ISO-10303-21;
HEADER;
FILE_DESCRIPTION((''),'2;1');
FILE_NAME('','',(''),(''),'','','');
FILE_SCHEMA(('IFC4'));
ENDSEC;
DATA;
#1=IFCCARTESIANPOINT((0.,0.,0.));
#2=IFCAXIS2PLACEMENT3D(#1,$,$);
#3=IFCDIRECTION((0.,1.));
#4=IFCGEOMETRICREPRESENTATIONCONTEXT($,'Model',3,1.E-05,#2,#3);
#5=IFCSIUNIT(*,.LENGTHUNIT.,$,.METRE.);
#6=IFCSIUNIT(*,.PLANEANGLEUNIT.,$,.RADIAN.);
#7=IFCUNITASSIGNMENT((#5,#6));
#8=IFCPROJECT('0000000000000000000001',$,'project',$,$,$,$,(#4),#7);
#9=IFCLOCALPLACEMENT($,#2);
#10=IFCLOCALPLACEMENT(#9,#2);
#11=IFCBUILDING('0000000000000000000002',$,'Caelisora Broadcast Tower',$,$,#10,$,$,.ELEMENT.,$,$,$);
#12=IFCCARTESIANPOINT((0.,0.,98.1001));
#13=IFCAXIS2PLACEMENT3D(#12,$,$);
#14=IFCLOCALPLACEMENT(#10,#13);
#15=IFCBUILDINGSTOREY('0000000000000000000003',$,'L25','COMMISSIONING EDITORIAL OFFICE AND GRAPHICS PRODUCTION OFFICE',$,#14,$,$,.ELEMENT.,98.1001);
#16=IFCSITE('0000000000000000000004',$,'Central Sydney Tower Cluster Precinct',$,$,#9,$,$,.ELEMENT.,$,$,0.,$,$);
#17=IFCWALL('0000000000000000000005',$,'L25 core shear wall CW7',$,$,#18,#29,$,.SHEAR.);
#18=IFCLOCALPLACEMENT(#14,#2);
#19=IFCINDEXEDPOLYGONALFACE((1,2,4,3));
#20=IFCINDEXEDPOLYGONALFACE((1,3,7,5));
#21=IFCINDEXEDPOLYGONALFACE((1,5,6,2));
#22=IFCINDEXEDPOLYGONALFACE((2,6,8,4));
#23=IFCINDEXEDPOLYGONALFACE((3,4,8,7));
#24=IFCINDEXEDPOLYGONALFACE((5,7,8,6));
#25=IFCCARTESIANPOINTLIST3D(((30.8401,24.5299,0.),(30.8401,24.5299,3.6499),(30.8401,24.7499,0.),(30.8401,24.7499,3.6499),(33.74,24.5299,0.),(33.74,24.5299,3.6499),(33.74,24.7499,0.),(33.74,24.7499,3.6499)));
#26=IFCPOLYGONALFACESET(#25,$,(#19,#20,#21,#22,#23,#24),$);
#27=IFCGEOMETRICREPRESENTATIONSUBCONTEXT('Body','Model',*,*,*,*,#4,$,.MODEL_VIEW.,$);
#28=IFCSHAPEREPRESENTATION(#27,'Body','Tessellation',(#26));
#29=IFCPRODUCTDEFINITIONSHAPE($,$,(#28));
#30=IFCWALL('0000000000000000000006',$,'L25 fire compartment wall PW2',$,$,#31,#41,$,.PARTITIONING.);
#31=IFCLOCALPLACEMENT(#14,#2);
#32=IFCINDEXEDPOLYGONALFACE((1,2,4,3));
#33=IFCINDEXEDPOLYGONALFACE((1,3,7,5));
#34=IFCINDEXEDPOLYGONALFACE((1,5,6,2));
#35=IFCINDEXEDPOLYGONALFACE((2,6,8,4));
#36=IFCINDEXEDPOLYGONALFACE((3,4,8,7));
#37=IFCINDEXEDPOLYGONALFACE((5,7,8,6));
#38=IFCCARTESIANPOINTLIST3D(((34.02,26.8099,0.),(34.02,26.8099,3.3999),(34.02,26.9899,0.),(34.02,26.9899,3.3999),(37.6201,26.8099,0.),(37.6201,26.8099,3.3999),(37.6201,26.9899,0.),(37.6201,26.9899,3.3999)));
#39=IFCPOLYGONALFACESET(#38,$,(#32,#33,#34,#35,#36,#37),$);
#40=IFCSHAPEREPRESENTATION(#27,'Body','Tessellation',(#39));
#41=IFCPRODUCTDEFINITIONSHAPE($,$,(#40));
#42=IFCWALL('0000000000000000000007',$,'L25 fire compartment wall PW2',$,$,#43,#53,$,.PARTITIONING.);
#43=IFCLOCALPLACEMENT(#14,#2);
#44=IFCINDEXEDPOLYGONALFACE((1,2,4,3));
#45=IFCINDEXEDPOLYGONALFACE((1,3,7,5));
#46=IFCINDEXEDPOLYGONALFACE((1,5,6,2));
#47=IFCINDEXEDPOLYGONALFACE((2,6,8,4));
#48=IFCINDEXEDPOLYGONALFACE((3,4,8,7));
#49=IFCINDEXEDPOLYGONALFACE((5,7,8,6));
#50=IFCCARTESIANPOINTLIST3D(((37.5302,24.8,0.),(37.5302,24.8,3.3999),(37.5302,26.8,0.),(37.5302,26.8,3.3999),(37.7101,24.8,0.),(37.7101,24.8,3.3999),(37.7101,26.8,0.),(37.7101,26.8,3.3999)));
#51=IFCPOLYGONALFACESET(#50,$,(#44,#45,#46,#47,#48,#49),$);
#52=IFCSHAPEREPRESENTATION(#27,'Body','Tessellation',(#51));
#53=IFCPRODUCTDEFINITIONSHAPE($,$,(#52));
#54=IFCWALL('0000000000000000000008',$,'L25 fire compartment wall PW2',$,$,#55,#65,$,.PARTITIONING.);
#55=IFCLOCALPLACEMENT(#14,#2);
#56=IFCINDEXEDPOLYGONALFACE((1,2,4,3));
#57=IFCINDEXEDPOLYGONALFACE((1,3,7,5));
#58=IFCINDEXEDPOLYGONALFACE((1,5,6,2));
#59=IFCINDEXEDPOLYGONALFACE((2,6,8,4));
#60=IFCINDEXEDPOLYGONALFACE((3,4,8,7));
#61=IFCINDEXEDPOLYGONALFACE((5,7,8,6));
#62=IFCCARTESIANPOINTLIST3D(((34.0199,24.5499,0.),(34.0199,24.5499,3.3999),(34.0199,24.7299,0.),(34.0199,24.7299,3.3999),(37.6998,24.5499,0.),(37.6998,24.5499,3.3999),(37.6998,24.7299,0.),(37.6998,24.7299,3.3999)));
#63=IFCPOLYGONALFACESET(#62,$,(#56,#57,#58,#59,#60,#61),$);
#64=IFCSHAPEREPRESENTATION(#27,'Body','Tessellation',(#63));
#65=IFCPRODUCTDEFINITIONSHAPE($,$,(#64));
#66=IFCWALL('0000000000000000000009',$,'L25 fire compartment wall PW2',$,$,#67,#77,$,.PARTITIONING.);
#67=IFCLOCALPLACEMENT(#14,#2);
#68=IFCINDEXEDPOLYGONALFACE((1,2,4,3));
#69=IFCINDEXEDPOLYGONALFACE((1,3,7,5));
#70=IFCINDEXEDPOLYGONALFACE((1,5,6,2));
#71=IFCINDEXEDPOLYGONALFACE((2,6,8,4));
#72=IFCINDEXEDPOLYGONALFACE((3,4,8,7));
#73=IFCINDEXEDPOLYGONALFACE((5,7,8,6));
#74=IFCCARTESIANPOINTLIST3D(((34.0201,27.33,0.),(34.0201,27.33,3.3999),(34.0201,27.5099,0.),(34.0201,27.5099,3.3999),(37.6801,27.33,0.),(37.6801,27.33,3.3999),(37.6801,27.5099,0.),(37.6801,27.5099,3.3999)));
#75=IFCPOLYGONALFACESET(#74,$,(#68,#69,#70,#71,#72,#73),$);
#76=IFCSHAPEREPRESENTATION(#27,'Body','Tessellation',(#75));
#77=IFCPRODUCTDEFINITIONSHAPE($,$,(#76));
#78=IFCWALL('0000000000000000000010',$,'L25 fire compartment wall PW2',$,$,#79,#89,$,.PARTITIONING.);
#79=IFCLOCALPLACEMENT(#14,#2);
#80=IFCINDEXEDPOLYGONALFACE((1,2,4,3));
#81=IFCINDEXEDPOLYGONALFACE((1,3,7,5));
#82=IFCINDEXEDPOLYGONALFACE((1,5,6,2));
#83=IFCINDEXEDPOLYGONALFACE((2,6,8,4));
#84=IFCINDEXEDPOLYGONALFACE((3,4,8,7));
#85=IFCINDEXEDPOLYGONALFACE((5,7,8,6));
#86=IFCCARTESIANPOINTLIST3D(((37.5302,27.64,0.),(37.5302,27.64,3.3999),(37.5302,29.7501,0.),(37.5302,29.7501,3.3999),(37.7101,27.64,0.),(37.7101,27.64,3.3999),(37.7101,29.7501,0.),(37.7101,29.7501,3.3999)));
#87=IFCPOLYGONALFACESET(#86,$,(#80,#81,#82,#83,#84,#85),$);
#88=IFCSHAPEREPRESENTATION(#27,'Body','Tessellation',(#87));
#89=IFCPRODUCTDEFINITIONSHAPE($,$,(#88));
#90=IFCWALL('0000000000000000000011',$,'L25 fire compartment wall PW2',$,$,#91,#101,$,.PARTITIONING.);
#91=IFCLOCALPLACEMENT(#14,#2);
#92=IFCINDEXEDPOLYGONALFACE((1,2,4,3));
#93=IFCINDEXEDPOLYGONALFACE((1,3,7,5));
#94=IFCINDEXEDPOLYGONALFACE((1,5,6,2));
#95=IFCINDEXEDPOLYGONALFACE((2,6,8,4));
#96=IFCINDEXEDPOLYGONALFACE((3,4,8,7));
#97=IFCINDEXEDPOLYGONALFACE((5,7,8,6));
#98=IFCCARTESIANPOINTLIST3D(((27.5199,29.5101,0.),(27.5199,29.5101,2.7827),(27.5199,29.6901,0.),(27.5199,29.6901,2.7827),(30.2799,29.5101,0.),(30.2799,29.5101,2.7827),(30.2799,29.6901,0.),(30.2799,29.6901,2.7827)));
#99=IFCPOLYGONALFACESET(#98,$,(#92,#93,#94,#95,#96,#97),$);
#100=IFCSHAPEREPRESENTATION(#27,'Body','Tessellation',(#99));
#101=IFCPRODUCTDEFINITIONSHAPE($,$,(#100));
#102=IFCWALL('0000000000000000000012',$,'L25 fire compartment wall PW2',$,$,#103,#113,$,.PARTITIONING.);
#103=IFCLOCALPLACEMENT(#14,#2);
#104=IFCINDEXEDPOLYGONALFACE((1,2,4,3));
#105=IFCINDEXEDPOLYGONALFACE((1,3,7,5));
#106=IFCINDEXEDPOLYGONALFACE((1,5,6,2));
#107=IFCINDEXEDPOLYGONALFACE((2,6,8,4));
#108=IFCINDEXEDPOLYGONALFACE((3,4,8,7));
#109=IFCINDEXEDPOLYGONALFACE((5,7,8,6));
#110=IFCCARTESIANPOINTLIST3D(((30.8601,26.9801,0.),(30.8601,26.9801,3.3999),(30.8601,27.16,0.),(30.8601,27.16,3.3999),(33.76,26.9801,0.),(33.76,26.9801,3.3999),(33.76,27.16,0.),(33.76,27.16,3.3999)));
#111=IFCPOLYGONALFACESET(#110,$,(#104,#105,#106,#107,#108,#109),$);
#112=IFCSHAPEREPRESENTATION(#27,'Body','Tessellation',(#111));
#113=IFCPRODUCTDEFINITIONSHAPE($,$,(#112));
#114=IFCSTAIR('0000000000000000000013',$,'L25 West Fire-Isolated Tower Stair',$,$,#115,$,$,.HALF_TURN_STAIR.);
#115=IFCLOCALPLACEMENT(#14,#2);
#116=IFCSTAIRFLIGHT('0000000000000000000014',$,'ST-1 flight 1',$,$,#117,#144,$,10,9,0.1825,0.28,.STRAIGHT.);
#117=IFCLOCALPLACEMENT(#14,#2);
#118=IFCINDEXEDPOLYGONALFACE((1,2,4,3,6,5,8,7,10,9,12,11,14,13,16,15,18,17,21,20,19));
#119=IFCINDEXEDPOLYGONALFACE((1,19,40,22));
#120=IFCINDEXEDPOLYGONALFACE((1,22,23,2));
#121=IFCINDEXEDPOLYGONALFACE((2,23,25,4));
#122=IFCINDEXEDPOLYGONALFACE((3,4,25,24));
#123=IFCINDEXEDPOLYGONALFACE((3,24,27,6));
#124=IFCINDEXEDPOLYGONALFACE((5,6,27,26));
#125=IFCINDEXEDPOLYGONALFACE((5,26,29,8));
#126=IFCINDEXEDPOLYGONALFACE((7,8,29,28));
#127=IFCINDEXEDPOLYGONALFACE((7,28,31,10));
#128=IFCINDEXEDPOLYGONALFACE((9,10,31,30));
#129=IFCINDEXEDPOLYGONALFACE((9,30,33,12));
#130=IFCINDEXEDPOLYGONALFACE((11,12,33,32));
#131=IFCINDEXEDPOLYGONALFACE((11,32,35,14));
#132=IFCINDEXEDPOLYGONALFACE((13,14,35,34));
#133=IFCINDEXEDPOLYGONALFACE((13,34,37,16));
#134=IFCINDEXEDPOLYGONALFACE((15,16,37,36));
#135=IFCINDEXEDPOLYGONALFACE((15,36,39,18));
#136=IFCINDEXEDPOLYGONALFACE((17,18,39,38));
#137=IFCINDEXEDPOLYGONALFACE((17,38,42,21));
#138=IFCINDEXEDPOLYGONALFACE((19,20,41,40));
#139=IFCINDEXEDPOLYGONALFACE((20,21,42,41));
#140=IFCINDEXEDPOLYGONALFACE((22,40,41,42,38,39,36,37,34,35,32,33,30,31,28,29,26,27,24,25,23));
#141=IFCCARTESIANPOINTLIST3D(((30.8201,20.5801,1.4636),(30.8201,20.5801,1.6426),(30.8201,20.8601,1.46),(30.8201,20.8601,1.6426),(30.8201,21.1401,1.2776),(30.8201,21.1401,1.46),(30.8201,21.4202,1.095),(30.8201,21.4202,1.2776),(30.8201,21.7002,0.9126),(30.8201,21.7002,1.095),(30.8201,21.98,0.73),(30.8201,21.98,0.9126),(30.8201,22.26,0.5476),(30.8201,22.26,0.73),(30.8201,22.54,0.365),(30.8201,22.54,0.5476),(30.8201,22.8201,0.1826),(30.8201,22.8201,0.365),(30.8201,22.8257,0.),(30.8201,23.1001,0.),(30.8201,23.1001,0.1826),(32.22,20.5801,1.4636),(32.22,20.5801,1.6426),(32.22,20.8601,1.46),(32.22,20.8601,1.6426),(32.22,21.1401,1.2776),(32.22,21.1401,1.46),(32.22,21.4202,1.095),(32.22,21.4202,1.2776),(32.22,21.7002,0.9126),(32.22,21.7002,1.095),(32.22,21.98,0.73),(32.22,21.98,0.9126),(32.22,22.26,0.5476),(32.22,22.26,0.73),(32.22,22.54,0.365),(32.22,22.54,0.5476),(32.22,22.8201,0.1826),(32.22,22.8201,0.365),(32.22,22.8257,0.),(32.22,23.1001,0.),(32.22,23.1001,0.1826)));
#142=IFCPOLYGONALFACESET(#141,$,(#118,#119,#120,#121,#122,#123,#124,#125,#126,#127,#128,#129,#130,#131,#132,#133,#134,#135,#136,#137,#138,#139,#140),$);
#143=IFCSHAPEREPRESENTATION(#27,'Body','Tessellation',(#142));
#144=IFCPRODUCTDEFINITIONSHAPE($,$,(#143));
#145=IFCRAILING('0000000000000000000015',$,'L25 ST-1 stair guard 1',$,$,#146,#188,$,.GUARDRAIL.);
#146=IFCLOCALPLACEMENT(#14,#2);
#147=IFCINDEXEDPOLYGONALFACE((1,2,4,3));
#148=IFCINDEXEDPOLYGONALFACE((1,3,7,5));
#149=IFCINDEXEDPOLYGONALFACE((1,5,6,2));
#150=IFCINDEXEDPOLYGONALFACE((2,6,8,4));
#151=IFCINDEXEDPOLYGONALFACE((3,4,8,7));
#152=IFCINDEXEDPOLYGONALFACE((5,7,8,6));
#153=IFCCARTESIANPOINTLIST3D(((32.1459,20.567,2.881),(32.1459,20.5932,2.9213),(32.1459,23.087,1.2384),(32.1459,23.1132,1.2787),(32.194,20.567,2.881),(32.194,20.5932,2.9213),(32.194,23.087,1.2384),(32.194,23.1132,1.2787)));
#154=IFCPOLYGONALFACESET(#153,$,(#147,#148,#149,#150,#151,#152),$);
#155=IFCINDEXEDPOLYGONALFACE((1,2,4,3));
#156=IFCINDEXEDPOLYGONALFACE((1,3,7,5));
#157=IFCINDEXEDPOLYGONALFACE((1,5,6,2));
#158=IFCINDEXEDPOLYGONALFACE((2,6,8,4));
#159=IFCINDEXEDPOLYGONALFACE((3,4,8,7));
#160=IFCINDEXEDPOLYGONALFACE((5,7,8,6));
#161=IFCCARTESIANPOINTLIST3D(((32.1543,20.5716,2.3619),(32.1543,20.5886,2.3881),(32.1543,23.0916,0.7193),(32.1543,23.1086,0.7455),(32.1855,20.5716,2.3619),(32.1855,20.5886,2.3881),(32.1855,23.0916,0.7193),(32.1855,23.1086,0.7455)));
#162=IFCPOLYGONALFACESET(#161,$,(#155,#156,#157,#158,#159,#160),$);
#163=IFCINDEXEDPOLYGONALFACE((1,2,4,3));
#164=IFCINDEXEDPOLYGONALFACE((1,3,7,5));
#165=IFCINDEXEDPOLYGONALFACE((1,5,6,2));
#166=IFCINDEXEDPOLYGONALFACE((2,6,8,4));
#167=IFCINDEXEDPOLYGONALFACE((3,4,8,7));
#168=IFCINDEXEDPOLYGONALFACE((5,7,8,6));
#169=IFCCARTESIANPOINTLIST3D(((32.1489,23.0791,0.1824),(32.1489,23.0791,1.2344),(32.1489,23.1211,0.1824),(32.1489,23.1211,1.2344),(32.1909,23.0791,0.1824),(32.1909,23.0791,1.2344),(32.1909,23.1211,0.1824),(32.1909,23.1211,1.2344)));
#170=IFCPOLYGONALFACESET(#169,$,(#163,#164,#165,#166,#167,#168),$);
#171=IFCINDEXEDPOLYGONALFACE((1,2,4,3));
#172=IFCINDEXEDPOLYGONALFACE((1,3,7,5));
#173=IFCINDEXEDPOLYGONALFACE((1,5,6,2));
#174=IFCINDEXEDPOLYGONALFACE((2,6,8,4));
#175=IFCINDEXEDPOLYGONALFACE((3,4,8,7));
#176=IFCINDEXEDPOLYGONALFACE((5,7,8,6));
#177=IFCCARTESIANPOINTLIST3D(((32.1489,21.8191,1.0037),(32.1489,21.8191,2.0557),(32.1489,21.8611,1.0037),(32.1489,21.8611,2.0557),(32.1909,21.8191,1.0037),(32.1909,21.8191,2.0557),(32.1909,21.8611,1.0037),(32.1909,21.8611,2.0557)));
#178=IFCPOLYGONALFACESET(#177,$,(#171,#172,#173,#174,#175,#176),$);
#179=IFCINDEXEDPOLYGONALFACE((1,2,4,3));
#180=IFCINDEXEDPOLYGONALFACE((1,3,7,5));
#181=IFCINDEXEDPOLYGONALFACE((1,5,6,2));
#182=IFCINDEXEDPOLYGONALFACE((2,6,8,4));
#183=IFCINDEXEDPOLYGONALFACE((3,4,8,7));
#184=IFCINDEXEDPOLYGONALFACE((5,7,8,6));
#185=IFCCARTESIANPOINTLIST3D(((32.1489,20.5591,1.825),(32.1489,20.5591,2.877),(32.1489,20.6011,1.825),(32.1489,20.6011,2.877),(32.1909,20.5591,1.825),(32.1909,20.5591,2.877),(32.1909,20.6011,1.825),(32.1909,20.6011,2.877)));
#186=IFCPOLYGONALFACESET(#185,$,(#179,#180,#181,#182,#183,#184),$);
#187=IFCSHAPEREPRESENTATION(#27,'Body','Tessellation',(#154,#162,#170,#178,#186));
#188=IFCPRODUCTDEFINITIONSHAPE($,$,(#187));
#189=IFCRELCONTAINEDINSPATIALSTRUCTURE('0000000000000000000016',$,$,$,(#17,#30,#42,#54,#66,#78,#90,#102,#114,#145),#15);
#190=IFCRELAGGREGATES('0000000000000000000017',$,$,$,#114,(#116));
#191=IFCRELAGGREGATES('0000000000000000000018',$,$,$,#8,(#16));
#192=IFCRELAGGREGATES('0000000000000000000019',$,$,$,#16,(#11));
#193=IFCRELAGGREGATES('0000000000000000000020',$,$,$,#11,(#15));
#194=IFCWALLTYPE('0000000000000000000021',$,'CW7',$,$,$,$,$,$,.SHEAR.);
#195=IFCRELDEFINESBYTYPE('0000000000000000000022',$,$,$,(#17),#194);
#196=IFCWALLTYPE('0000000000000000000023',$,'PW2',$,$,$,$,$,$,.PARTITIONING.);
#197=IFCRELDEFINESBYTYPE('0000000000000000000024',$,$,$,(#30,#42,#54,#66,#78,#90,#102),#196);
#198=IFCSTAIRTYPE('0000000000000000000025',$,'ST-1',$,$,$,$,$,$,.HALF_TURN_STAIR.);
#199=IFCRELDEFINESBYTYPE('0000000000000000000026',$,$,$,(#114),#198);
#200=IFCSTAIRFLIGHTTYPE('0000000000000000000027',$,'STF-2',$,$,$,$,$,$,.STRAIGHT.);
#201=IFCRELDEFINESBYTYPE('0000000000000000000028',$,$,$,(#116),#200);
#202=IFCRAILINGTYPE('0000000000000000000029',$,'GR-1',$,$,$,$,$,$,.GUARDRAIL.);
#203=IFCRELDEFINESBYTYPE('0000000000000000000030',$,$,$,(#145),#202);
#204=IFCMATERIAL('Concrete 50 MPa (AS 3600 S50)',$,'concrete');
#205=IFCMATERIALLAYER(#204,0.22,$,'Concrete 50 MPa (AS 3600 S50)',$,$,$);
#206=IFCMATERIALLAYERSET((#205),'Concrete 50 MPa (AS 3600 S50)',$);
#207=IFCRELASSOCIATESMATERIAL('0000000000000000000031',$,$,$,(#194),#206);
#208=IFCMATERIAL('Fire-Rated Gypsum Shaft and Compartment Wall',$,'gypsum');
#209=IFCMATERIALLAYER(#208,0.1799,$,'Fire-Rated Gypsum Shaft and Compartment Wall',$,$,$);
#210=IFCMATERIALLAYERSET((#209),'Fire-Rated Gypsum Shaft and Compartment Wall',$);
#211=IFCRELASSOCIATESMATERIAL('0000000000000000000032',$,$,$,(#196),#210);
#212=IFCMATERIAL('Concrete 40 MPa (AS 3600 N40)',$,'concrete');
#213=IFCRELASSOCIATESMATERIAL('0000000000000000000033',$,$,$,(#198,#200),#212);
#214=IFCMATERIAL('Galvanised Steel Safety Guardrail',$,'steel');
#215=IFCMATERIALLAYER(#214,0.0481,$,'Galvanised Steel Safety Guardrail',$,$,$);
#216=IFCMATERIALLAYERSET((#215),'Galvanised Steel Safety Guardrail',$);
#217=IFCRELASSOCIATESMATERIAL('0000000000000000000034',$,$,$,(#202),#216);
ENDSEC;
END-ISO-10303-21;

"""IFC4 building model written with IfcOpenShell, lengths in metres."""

from ifc_helpers import new_model, si_unit, direction, frame, frame_2d, origin, origin_2d, place, context, subcontext, project, spatial, polyline, rectangle, outline, extrude, material, layer, layer_set, type_object, element, aggregate, save


model = new_model("IFC4")

# Units and contexts
model_context = context("Model", 3, precision=1e-05, world=origin(), true_north=direction((0.0, 1.0)))
body_context = subcontext(model_context, "Body", "Model", "MODEL_VIEW")
ifc_project = project(units=[si_unit("LENGTHUNIT", "METRE"), si_unit("PLANEANGLEUNIT", "RADIAN")], contexts=[model_context])

# Site, building, storey
site_placement = place(None, origin())
site = spatial("IfcSite", under=ifc_project, at=site_placement, Name="Central Sydney Tower Cluster Precinct", CompositionType="ELEMENT", RefElevation=0.0)
building_placement = place(site_placement, origin())
building = spatial("IfcBuilding", under=site, at=building_placement, Name="Caelisora Broadcast Tower", CompositionType="ELEMENT")
storey_placement = place(building_placement, frame((0.0, 0.0, 98.1001)))
storey = spatial("IfcBuildingStorey", under=building, at=storey_placement, Name="L25", Description="COMMISSIONING EDITORIAL OFFICE AND GRAPHICS PRODUCTION OFFICE", CompositionType="ELEMENT", Elevation=98.1001)

# Shared definitions
ifc_material_1 = material(Name="Concrete 50 MPa (AS 3600 S50)", Category="concrete")

# Walls
ifc_layer_1 = layer(ifc_material_1, 0.22, Name="Concrete 50 MPa (AS 3600 S50)")
ifc_layer_set_1 = layer_set([ifc_layer_1], Name="Concrete 50 MPa (AS 3600 S50)")
wall_type_1 = type_object("IfcWallType", Name="CW7", PredefinedType="SHEAR", material=ifc_layer_set_1)
wall_1_placement = place(storey_placement, frame((30.8401, 24.6399, 0.0), z_axis=(0.0, 0.0, 1.0), x_axis=(1.0, 0.0, 0.0)))
element("IfcWall", 1, at=wall_1_placement, inside=storey, type_object=wall_type_1, Name="L25 core shear wall CW7", PredefinedType="SHEAR", context=body_context, shape_type="SweptSolid", body=[
    extrude(rectangle(XDim=2.8999, YDim=0.22, at=frame_2d((1.45, 0.0))), origin(), (0.0, 0.0, 1.0), 3.6499),
])
ifc_material_2 = material(Name="Fire-Rated Gypsum Shaft and Compartment Wall", Category="gypsum")
ifc_layer_2 = layer(ifc_material_2, 0.1799, Name="Fire-Rated Gypsum Shaft and Compartment Wall")
ifc_layer_set_2 = layer_set([ifc_layer_2], Name="Fire-Rated Gypsum Shaft and Compartment Wall")
wall_type_2 = type_object("IfcWallType", Name="PW2", PredefinedType="PARTITIONING", material=ifc_layer_set_2)
wall_2_placement = place(storey_placement, frame((34.02, 26.8999, 0.0), z_axis=(0.0, 0.0, 1.0), x_axis=(1.0, 0.0, 0.0)))
element("IfcWall", 2, at=wall_2_placement, inside=storey, type_object=wall_type_2, Name="L25 fire compartment wall PW2", PredefinedType="PARTITIONING", context=body_context, shape_type="SweptSolid", body=[
    extrude(rectangle(XDim=3.6001, YDim=0.1799, at=frame_2d((1.8, 0.0))), origin(), (0.0, 0.0, 1.0), 3.3999),
])
wall_3_placement = place(storey_placement, frame((37.6201, 24.8, 0.0), z_axis=(0.0, 0.0, 1.0), x_axis=(0.0, 1.0, 0.0)))
element("IfcWall", 3, at=wall_3_placement, inside=storey, type_object=wall_type_2, Name="L25 fire compartment wall PW2", PredefinedType="PARTITIONING", context=body_context, shape_type="SweptSolid", body=[
    extrude(rectangle(XDim=2.0, YDim=0.1799, at=frame_2d((1.0, 0.0))), origin(), (0.0, 0.0, 1.0), 3.3999),
])
wall_4_placement = place(storey_placement, frame((34.02, 24.6399, 0.0), z_axis=(0.0, 0.0, 1.0), x_axis=(1.0, 0.0, 0.0)))
element("IfcWall", 4, at=wall_4_placement, inside=storey, type_object=wall_type_2, Name="L25 fire compartment wall PW2", PredefinedType="PARTITIONING", context=body_context, shape_type="SweptSolid", body=[
    extrude(rectangle(XDim=3.6799, YDim=0.1799, at=frame_2d((1.8398, 0.0))), origin(), (0.0, 0.0, 1.0), 3.3999),
])
wall_5_placement = place(storey_placement, frame((34.02, 27.4199, 0.0), z_axis=(0.0, 0.0, 1.0), x_axis=(1.0, 0.0, 0.0)))
element("IfcWall", 5, at=wall_5_placement, inside=storey, type_object=wall_type_2, Name="L25 fire compartment wall PW2", PredefinedType="PARTITIONING", context=body_context, shape_type="SweptSolid", body=[
    extrude(rectangle(XDim=3.6599, YDim=0.1799, at=frame_2d((1.8301, 0.0))), origin(), (0.0, 0.0, 1.0), 3.3999),
])
wall_6_placement = place(storey_placement, frame((37.6201, 27.6399, 0.0), z_axis=(0.0, 0.0, 1.0), x_axis=(0.0, 1.0, 0.0)))
element("IfcWall", 6, at=wall_6_placement, inside=storey, type_object=wall_type_2, Name="L25 fire compartment wall PW2", PredefinedType="PARTITIONING", context=body_context, shape_type="SweptSolid", body=[
    extrude(rectangle(XDim=2.1101, YDim=0.1799, at=frame_2d((1.0552, 0.0))), origin(), (0.0, 0.0, 1.0), 3.3999),
])
wall_7_placement = place(storey_placement, frame((27.52, 29.6001, 0.0), z_axis=(0.0, 0.0, 1.0), x_axis=(1.0, 0.0, 0.0)))
element("IfcWall", 7, at=wall_7_placement, inside=storey, type_object=wall_type_2, Name="L25 fire compartment wall PW2", PredefinedType="PARTITIONING", context=body_context, shape_type="SweptSolid", body=[
    extrude(rectangle(XDim=2.76, YDim=0.1799, at=frame_2d((1.3799, 0.0))), origin(), (0.0, 0.0, 1.0), 2.7827),
])
wall_8_placement = place(storey_placement, frame((30.8601, 27.0701, 0.0), z_axis=(0.0, 0.0, 1.0), x_axis=(1.0, 0.0, 0.0)))
element("IfcWall", 8, at=wall_8_placement, inside=storey, type_object=wall_type_2, Name="L25 fire compartment wall PW2", PredefinedType="PARTITIONING", context=body_context, shape_type="SweptSolid", body=[
    extrude(rectangle(XDim=2.8999, YDim=0.1799, at=frame_2d((1.45, 0.0))), origin(), (0.0, 0.0, 1.0), 3.3999),
])

# Stair, stair flight
ifc_material_3 = material(Name="Concrete 40 MPa (AS 3600 N40)", Category="concrete")
stair_type = type_object("IfcStairType", Name="ST-1", PredefinedType="HALF_TURN_STAIR", material=ifc_material_3)
stair_placement = place(storey_placement, origin())
stair = element("IfcStair", 9, at=stair_placement, inside=storey, type_object=stair_type, Name="L25 West Fire-Isolated Tower Stair", PredefinedType="HALF_TURN_STAIR")
stair_flight_type = type_object("IfcStairFlightType", Name="STF-2", PredefinedType="STRAIGHT", material=ifc_material_3)
stair_flight_placement = place(storey_placement, frame((31.52, 23.1001, 0.0), z_axis=(0.0, 0.0, 1.0), x_axis=(0.0, -1.0, 0.0)))
stair_flight = element("IfcStairFlight", 10, at=stair_flight_placement, type_object=stair_flight_type, Name="ST-1 flight 1", NumberOfRisers=10, NumberOfTreads=9, PredefinedType="STRAIGHT", RiserHeight=0.1825, TreadLength=0.28, context=body_context, shape_type="SweptSolid", body=[
    extrude(outline(polyline([(0.0, 0.0), (0.0, 0.1826), (0.28, 0.1826), (0.28, 0.365), (0.5601, 0.365), (0.5601, 0.5476), (0.8401, 0.5476), (0.8401, 0.73), (1.1201, 0.73), (1.1201, 0.9126), (1.3999, 0.9126), (1.3999, 1.095), (1.6799, 1.095), (1.6799, 1.2776), (1.96, 1.2776), (1.96, 1.46), (2.24, 1.46), (2.24, 1.6426), (2.52, 1.6426), (2.52, 1.825), (2.52, 1.4636), (0.2744, 0.0), (0.0, 0.0)])), frame((0.0, 0.7, 0.0), z_axis=(0.0, -1.0, 0.0), x_axis=(1.0, 0.0, 0.0)), (0.0, 0.0, 1.0), 1.3999),
])
aggregate(stair, [stair_flight])

# Railing
ifc_material_4 = material(Name="Galvanised Steel Safety Guardrail", Category="steel")
ifc_layer_3 = layer(ifc_material_4, 0.0481, Name="Galvanised Steel Safety Guardrail")
ifc_layer_set_3 = layer_set([ifc_layer_3], Name="Galvanised Steel Safety Guardrail")
railing_type_1 = type_object("IfcRailingType", Name="GR-1", PredefinedType="GUARDRAIL", material=ifc_layer_set_3)
railing_1_placement = place(storey_placement, frame((32.1699, 23.1001, 0.1824)))
element("IfcRailing", 11, at=railing_1_placement, inside=storey, type_object=railing_type_1, Name="L25 ST-1 stair guard 1", PredefinedType="GUARDRAIL", context=body_context, shape_type="SweptSolid", body=[
    extrude(rectangle(XDim=0.0481, YDim=0.0481, at=origin_2d()), frame((0.0, 0.0, 1.0762), z_axis=(0.0, -0.837749, 0.546055), x_axis=(1.0, 0.0, 0.0)), (0.0, 0.0, 1.0), 3.0081),
    extrude(rectangle(XDim=0.0312, YDim=0.0312, at=origin_2d()), frame((0.0, 0.0, 0.55), z_axis=(0.0, -0.837749, 0.546055), x_axis=(1.0, 0.0, 0.0)), (0.0, 0.0, 1.0), 3.0081),
    extrude(rectangle(XDim=0.042, YDim=0.042, at=origin_2d()), origin(), (0.0, 0.0, 1.0), 1.052),
    extrude(rectangle(XDim=0.042, YDim=0.042, at=origin_2d()), frame((0.0, -1.26, 0.8213)), (0.0, 0.0, 1.0), 1.052),
    extrude(rectangle(XDim=0.042, YDim=0.042, at=origin_2d()), frame((0.0, -2.52, 1.6426)), (0.0, 0.0, 1.0), 1.052),
])

save(model, "model.ifc")
